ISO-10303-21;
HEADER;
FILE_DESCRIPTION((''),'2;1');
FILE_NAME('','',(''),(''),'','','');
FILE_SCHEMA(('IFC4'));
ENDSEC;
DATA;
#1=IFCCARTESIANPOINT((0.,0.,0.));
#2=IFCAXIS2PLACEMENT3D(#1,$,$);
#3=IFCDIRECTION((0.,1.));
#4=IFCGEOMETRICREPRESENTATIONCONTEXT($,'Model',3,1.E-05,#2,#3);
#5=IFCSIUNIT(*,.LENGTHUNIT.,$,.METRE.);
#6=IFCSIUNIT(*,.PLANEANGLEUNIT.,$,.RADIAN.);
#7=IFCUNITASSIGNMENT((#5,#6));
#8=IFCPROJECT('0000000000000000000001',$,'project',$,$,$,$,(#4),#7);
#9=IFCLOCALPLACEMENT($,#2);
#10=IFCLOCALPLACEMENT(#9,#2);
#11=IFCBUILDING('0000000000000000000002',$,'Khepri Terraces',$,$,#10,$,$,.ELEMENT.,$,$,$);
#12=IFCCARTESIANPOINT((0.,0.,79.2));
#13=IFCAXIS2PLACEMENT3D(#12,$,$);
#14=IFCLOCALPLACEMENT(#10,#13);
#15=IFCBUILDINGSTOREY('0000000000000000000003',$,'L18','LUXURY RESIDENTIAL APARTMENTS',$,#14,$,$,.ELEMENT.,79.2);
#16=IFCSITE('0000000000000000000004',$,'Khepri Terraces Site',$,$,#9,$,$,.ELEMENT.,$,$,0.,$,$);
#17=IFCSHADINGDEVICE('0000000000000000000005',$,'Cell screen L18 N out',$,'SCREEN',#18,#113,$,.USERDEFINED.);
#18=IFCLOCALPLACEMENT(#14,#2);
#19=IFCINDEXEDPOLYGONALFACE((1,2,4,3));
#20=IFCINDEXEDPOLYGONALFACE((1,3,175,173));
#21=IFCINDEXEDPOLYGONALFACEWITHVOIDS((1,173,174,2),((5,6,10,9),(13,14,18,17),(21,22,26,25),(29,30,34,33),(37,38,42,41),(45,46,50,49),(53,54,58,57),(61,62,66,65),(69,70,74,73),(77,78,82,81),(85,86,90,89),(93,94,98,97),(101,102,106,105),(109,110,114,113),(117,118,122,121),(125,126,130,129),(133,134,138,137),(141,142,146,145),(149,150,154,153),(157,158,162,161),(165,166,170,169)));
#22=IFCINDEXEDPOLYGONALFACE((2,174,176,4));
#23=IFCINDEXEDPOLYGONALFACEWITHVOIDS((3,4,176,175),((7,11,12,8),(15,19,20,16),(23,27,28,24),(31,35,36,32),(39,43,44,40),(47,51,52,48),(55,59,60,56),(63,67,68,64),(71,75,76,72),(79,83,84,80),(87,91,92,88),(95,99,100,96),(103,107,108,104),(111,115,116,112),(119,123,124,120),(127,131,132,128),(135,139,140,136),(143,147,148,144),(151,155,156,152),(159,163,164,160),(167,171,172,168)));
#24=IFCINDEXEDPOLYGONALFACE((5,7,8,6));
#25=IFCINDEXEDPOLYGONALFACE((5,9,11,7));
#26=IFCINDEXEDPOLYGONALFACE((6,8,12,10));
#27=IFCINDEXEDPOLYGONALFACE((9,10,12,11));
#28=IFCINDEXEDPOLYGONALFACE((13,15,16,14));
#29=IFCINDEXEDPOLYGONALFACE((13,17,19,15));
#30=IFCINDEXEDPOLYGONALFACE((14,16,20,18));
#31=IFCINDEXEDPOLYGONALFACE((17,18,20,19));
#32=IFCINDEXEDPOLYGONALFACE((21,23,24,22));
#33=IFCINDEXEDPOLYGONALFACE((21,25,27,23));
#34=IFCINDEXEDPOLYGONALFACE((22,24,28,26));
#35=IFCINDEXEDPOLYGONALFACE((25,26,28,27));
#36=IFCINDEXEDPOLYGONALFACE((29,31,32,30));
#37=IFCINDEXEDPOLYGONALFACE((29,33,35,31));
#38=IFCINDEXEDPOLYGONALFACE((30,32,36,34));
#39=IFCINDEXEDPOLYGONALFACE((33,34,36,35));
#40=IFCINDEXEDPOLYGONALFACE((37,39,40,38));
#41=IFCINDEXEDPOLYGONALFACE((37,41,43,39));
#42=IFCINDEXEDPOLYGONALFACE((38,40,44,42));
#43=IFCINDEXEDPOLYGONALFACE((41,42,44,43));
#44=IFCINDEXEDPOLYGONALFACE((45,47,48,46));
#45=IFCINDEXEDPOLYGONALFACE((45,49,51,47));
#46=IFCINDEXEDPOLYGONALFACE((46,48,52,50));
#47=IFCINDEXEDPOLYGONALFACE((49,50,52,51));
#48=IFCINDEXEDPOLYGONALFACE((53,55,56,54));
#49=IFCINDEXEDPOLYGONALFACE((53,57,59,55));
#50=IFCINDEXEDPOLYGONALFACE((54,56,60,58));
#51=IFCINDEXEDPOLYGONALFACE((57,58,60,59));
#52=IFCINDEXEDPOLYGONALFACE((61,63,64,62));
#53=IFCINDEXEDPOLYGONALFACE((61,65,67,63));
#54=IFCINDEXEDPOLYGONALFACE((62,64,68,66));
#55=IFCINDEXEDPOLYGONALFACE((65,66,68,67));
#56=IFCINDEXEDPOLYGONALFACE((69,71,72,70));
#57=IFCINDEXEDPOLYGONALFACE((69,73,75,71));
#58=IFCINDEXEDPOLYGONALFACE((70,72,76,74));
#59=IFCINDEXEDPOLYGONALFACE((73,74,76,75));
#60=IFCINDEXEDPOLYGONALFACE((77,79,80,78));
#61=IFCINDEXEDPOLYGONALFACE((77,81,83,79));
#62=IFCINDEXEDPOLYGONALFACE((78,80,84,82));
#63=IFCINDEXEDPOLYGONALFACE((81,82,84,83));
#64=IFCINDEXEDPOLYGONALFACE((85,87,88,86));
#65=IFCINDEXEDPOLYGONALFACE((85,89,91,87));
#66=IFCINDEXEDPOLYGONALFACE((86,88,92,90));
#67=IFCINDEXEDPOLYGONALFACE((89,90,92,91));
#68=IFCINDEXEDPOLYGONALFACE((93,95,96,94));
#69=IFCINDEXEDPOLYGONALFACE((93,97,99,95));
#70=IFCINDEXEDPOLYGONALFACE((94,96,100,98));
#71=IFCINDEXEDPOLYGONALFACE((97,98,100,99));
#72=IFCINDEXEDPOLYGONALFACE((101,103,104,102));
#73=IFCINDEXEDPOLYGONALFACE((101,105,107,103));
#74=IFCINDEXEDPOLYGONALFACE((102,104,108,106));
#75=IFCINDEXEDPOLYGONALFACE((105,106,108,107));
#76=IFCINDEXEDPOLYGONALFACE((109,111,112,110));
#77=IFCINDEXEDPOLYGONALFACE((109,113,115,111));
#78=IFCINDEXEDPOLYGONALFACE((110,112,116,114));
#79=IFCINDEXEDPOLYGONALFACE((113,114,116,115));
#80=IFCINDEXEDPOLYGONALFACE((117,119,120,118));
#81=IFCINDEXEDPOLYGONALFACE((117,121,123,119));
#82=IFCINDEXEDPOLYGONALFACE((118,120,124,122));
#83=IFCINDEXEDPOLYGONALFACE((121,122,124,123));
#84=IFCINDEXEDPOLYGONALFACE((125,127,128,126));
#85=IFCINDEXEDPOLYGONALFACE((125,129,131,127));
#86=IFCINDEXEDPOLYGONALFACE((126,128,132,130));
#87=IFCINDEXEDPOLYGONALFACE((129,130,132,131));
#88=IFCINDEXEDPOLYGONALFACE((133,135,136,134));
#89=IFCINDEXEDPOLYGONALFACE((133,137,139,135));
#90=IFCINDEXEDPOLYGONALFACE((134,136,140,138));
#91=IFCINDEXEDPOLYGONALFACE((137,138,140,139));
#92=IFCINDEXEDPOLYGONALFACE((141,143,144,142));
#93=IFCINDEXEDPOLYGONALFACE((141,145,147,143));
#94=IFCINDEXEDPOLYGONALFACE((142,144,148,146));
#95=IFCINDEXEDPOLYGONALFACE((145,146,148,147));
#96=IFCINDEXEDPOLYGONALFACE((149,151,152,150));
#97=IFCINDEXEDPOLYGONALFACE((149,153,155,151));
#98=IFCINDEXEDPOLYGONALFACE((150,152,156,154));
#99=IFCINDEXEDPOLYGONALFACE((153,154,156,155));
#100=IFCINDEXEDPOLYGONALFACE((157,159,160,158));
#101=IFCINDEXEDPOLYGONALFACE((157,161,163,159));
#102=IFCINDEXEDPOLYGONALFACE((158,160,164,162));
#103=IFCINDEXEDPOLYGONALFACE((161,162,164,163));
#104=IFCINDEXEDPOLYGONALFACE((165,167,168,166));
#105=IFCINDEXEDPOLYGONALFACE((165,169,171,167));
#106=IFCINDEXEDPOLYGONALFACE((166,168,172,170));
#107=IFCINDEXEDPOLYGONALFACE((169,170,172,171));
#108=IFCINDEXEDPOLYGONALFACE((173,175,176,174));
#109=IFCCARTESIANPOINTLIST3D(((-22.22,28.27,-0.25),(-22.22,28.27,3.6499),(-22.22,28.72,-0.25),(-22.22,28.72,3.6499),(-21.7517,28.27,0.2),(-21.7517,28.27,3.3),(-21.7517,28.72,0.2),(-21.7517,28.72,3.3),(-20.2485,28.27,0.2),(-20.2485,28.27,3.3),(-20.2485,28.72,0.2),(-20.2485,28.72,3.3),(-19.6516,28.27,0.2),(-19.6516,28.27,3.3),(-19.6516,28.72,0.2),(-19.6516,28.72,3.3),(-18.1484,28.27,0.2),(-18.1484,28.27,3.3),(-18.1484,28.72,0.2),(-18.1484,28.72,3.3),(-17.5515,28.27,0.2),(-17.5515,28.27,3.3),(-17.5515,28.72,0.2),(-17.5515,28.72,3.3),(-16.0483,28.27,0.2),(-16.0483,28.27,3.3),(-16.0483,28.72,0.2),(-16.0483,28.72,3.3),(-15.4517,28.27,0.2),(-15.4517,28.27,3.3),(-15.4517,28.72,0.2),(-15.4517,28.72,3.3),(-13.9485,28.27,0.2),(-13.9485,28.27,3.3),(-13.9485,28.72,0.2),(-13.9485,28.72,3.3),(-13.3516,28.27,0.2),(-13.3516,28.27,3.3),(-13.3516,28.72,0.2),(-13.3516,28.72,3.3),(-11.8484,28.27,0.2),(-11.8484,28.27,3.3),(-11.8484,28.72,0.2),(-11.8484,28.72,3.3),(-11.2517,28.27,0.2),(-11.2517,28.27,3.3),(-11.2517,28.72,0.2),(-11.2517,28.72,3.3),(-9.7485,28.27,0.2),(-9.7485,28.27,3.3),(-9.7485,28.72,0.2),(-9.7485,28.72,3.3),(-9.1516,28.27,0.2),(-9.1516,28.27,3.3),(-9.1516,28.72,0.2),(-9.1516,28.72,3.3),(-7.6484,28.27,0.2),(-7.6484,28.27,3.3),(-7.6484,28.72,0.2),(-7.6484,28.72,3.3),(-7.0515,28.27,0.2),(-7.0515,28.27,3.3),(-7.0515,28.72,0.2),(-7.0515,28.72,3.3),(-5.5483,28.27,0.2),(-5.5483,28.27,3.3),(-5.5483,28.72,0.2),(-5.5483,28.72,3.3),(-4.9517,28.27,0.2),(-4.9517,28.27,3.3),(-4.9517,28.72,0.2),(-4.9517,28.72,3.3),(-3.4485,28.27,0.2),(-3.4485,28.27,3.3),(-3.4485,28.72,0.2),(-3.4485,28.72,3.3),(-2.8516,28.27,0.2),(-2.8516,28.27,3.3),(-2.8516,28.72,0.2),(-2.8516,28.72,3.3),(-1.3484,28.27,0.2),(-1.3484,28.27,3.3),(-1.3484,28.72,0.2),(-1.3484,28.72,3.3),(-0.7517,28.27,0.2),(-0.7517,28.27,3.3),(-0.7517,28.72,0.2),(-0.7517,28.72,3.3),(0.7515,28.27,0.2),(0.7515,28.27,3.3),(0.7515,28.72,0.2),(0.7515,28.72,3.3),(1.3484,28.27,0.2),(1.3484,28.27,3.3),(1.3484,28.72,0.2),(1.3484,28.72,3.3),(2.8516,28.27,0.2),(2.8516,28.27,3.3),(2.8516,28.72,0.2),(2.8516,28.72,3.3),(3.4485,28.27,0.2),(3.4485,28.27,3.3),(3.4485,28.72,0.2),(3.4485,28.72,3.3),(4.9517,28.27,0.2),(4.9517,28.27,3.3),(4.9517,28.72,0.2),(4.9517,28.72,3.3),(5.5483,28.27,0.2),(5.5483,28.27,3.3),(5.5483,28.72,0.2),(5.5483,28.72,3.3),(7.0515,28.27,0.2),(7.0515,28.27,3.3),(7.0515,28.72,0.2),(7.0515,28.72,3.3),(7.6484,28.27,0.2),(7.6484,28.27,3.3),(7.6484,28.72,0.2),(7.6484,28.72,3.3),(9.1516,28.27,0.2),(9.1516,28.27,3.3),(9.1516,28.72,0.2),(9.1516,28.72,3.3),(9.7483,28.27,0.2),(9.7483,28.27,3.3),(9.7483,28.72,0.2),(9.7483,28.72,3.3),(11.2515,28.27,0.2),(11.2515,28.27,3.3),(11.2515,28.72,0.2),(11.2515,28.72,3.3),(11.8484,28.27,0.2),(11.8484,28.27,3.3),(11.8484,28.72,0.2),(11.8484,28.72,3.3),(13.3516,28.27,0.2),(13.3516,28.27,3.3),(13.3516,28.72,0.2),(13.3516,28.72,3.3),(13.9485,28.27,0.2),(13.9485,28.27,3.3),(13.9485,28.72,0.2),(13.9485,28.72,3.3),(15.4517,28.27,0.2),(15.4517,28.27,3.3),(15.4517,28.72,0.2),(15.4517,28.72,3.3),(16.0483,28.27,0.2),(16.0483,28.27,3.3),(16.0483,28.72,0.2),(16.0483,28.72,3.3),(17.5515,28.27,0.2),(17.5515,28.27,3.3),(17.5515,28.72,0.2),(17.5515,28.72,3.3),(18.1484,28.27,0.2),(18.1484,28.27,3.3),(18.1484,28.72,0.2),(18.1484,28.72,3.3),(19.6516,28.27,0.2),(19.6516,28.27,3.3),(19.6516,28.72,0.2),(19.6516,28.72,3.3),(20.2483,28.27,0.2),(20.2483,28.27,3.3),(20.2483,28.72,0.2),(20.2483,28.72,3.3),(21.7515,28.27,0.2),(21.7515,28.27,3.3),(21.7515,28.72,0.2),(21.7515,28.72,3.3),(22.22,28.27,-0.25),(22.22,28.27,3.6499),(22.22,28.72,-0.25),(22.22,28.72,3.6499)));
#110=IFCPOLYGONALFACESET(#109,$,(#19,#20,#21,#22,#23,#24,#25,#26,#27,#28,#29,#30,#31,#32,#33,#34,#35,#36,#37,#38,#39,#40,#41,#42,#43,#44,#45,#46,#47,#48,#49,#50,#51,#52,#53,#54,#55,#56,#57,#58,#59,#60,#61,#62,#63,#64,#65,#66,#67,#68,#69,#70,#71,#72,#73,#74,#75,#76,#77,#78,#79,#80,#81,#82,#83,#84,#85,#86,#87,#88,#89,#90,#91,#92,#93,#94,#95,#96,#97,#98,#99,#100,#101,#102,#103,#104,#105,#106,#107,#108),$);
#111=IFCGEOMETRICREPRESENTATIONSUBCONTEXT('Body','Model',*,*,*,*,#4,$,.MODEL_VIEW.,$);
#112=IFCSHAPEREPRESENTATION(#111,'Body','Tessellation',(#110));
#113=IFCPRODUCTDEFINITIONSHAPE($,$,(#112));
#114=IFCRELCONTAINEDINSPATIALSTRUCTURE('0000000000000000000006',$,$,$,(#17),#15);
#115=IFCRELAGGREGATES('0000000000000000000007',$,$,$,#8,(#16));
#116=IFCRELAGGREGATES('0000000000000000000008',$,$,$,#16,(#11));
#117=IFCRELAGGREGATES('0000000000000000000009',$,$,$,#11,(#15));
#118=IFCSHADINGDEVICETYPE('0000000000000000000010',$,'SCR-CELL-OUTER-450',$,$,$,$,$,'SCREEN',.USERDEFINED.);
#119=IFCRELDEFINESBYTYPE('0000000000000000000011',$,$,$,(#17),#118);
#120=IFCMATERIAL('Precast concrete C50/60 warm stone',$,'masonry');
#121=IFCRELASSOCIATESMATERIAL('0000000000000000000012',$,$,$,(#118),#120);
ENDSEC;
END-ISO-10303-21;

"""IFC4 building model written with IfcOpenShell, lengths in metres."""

from ifc_helpers import new_model, si_unit, direction, frame, origin, place, context, subcontext, project, spatial, polyline, outline, extrude, material, type_object, element, save


model = new_model("IFC4")

# Units and contexts
model_context = context("Model", 3, precision=1e-05, world=origin(), true_north=direction((0.0, 1.0)))
body_context = subcontext(model_context, "Body", "Model", "MODEL_VIEW")
ifc_project = project(units=[si_unit("LENGTHUNIT", "METRE"), si_unit("PLANEANGLEUNIT", "RADIAN")], contexts=[model_context])

# Site, building, storey
site_placement = place(None, origin())
site = spatial("IfcSite", under=ifc_project, at=site_placement, Name="Khepri Terraces Site", CompositionType="ELEMENT", RefElevation=0.0)
building_placement = place(site_placement, origin())
building = spatial("IfcBuilding", under=site, at=building_placement, Name="Khepri Terraces", CompositionType="ELEMENT")
storey_placement = place(building_placement, frame((0.0, 0.0, 79.2)))
storey = spatial("IfcBuildingStorey", under=building, at=storey_placement, Name="L18", Description="LUXURY RESIDENTIAL APARTMENTS", CompositionType="ELEMENT", Elevation=79.2)

# Shared definitions
ifc_material_1 = material(Name="Precast concrete C50/60 warm stone", Category="masonry")

# Shading device
shading_device_type_1 = type_object("IfcShadingDeviceType", Name="SCR-CELL-OUTER-450", ElementType="SCREEN", PredefinedType="USERDEFINED", material=ifc_material_1)
shading_device_1_placement = place(storey_placement, frame((22.22, 28.27, -0.25), z_axis=(0.0, 1.0, 0.0), x_axis=(-1.0, 0.0, 0.0)))
element("IfcShadingDevice", 1, at=shading_device_1_placement, inside=storey, type_object=shading_device_type_1, Name="Cell screen L18 N out", ObjectType="SCREEN", PredefinedType="USERDEFINED", context=body_context, shape_type="SweptSolid", body=[
    extrude(outline(polyline([(0.0, 0.0), (44.4399, 0.0), (44.4399, 3.8999), (0.0, 3.8999), (0.0, 0.0)]), holes=[polyline([(0.4685, 0.45), (1.9717, 0.45), (1.9717, 3.55), (0.4685, 3.55), (0.4685, 0.45)]), polyline([(2.5684, 0.45), (4.0715, 0.45), (4.0715, 3.55), (2.5684, 3.55), (2.5684, 0.45)]), polyline([(4.6685, 0.45), (6.1716, 0.45), (6.1716, 3.55), (4.6685, 3.55), (4.6685, 0.45)]), polyline([(6.7683, 0.45), (8.2715, 0.45), (8.2715, 3.55), (6.7683, 3.55), (6.7683, 0.45)]), polyline([(8.8684, 0.45), (10.3716, 0.45), (10.3716, 3.55), (8.8684, 3.55), (8.8684, 0.45)]), polyline([(10.9685, 0.45), (12.4717, 0.45), (12.4717, 3.55), (10.9685, 3.55), (10.9685, 0.45)]), polyline([(13.0684, 0.45), (14.5715, 0.45), (14.5715, 3.55), (13.0684, 3.55), (13.0684, 0.45)]), polyline([(15.1685, 0.45), (16.6716, 0.45), (16.6716, 3.55), (15.1685, 3.55), (15.1685, 0.45)]), polyline([(17.2683, 0.45), (18.7715, 0.45), (18.7715, 3.55), (17.2683, 3.55), (17.2683, 0.45)]), polyline([(19.3684, 0.45), (20.8716, 0.45), (20.8716, 3.55), (19.3684, 3.55), (19.3684, 0.45)]), polyline([(21.4685, 0.45), (22.9717, 0.45), (22.9717, 3.55), (21.4685, 3.55), (21.4685, 0.45)]), polyline([(23.5684, 0.45), (25.0715, 0.45), (25.0715, 3.55), (23.5684, 3.55), (23.5684, 0.45)]), polyline([(25.6685, 0.45), (27.1716, 0.45), (27.1716, 3.55), (25.6685, 3.55), (25.6685, 0.45)]), polyline([(27.7683, 0.45), (29.2715, 0.45), (29.2715, 3.55), (27.7683, 3.55), (27.7683, 0.45)]), polyline([(29.8684, 0.45), (31.3716, 0.45), (31.3716, 3.55), (29.8684, 3.55), (29.8684, 0.45)]), polyline([(31.9685, 0.45), (33.4717, 0.45), (33.4717, 3.55), (31.9685, 3.55), (31.9685, 0.45)]), polyline([(34.0684, 0.45), (35.5715, 0.45), (35.5715, 3.55), (34.0684, 3.55), (34.0684, 0.45)]), polyline([(36.1685, 0.45), (37.6716, 0.45), (37.6716, 3.55), (36.1685, 3.55), (36.1685, 0.45)]), polyline([(38.2683, 0.45), (39.7715, 0.45), (39.7715, 3.55), (38.2683, 3.55), (38.2683, 0.45)]), polyline([(40.3684, 0.45), (41.8716, 0.45), (41.8716, 3.55), (40.3684, 3.55), (40.3684, 0.45)]), polyline([(42.4685, 0.45), (43.9717, 0.45), (43.9717, 3.55), (42.4685, 3.55), (42.4685, 0.45)])]), origin(), (0.0, 0.0, 1.0), 0.45),
])

save(model, "model.ifc")
